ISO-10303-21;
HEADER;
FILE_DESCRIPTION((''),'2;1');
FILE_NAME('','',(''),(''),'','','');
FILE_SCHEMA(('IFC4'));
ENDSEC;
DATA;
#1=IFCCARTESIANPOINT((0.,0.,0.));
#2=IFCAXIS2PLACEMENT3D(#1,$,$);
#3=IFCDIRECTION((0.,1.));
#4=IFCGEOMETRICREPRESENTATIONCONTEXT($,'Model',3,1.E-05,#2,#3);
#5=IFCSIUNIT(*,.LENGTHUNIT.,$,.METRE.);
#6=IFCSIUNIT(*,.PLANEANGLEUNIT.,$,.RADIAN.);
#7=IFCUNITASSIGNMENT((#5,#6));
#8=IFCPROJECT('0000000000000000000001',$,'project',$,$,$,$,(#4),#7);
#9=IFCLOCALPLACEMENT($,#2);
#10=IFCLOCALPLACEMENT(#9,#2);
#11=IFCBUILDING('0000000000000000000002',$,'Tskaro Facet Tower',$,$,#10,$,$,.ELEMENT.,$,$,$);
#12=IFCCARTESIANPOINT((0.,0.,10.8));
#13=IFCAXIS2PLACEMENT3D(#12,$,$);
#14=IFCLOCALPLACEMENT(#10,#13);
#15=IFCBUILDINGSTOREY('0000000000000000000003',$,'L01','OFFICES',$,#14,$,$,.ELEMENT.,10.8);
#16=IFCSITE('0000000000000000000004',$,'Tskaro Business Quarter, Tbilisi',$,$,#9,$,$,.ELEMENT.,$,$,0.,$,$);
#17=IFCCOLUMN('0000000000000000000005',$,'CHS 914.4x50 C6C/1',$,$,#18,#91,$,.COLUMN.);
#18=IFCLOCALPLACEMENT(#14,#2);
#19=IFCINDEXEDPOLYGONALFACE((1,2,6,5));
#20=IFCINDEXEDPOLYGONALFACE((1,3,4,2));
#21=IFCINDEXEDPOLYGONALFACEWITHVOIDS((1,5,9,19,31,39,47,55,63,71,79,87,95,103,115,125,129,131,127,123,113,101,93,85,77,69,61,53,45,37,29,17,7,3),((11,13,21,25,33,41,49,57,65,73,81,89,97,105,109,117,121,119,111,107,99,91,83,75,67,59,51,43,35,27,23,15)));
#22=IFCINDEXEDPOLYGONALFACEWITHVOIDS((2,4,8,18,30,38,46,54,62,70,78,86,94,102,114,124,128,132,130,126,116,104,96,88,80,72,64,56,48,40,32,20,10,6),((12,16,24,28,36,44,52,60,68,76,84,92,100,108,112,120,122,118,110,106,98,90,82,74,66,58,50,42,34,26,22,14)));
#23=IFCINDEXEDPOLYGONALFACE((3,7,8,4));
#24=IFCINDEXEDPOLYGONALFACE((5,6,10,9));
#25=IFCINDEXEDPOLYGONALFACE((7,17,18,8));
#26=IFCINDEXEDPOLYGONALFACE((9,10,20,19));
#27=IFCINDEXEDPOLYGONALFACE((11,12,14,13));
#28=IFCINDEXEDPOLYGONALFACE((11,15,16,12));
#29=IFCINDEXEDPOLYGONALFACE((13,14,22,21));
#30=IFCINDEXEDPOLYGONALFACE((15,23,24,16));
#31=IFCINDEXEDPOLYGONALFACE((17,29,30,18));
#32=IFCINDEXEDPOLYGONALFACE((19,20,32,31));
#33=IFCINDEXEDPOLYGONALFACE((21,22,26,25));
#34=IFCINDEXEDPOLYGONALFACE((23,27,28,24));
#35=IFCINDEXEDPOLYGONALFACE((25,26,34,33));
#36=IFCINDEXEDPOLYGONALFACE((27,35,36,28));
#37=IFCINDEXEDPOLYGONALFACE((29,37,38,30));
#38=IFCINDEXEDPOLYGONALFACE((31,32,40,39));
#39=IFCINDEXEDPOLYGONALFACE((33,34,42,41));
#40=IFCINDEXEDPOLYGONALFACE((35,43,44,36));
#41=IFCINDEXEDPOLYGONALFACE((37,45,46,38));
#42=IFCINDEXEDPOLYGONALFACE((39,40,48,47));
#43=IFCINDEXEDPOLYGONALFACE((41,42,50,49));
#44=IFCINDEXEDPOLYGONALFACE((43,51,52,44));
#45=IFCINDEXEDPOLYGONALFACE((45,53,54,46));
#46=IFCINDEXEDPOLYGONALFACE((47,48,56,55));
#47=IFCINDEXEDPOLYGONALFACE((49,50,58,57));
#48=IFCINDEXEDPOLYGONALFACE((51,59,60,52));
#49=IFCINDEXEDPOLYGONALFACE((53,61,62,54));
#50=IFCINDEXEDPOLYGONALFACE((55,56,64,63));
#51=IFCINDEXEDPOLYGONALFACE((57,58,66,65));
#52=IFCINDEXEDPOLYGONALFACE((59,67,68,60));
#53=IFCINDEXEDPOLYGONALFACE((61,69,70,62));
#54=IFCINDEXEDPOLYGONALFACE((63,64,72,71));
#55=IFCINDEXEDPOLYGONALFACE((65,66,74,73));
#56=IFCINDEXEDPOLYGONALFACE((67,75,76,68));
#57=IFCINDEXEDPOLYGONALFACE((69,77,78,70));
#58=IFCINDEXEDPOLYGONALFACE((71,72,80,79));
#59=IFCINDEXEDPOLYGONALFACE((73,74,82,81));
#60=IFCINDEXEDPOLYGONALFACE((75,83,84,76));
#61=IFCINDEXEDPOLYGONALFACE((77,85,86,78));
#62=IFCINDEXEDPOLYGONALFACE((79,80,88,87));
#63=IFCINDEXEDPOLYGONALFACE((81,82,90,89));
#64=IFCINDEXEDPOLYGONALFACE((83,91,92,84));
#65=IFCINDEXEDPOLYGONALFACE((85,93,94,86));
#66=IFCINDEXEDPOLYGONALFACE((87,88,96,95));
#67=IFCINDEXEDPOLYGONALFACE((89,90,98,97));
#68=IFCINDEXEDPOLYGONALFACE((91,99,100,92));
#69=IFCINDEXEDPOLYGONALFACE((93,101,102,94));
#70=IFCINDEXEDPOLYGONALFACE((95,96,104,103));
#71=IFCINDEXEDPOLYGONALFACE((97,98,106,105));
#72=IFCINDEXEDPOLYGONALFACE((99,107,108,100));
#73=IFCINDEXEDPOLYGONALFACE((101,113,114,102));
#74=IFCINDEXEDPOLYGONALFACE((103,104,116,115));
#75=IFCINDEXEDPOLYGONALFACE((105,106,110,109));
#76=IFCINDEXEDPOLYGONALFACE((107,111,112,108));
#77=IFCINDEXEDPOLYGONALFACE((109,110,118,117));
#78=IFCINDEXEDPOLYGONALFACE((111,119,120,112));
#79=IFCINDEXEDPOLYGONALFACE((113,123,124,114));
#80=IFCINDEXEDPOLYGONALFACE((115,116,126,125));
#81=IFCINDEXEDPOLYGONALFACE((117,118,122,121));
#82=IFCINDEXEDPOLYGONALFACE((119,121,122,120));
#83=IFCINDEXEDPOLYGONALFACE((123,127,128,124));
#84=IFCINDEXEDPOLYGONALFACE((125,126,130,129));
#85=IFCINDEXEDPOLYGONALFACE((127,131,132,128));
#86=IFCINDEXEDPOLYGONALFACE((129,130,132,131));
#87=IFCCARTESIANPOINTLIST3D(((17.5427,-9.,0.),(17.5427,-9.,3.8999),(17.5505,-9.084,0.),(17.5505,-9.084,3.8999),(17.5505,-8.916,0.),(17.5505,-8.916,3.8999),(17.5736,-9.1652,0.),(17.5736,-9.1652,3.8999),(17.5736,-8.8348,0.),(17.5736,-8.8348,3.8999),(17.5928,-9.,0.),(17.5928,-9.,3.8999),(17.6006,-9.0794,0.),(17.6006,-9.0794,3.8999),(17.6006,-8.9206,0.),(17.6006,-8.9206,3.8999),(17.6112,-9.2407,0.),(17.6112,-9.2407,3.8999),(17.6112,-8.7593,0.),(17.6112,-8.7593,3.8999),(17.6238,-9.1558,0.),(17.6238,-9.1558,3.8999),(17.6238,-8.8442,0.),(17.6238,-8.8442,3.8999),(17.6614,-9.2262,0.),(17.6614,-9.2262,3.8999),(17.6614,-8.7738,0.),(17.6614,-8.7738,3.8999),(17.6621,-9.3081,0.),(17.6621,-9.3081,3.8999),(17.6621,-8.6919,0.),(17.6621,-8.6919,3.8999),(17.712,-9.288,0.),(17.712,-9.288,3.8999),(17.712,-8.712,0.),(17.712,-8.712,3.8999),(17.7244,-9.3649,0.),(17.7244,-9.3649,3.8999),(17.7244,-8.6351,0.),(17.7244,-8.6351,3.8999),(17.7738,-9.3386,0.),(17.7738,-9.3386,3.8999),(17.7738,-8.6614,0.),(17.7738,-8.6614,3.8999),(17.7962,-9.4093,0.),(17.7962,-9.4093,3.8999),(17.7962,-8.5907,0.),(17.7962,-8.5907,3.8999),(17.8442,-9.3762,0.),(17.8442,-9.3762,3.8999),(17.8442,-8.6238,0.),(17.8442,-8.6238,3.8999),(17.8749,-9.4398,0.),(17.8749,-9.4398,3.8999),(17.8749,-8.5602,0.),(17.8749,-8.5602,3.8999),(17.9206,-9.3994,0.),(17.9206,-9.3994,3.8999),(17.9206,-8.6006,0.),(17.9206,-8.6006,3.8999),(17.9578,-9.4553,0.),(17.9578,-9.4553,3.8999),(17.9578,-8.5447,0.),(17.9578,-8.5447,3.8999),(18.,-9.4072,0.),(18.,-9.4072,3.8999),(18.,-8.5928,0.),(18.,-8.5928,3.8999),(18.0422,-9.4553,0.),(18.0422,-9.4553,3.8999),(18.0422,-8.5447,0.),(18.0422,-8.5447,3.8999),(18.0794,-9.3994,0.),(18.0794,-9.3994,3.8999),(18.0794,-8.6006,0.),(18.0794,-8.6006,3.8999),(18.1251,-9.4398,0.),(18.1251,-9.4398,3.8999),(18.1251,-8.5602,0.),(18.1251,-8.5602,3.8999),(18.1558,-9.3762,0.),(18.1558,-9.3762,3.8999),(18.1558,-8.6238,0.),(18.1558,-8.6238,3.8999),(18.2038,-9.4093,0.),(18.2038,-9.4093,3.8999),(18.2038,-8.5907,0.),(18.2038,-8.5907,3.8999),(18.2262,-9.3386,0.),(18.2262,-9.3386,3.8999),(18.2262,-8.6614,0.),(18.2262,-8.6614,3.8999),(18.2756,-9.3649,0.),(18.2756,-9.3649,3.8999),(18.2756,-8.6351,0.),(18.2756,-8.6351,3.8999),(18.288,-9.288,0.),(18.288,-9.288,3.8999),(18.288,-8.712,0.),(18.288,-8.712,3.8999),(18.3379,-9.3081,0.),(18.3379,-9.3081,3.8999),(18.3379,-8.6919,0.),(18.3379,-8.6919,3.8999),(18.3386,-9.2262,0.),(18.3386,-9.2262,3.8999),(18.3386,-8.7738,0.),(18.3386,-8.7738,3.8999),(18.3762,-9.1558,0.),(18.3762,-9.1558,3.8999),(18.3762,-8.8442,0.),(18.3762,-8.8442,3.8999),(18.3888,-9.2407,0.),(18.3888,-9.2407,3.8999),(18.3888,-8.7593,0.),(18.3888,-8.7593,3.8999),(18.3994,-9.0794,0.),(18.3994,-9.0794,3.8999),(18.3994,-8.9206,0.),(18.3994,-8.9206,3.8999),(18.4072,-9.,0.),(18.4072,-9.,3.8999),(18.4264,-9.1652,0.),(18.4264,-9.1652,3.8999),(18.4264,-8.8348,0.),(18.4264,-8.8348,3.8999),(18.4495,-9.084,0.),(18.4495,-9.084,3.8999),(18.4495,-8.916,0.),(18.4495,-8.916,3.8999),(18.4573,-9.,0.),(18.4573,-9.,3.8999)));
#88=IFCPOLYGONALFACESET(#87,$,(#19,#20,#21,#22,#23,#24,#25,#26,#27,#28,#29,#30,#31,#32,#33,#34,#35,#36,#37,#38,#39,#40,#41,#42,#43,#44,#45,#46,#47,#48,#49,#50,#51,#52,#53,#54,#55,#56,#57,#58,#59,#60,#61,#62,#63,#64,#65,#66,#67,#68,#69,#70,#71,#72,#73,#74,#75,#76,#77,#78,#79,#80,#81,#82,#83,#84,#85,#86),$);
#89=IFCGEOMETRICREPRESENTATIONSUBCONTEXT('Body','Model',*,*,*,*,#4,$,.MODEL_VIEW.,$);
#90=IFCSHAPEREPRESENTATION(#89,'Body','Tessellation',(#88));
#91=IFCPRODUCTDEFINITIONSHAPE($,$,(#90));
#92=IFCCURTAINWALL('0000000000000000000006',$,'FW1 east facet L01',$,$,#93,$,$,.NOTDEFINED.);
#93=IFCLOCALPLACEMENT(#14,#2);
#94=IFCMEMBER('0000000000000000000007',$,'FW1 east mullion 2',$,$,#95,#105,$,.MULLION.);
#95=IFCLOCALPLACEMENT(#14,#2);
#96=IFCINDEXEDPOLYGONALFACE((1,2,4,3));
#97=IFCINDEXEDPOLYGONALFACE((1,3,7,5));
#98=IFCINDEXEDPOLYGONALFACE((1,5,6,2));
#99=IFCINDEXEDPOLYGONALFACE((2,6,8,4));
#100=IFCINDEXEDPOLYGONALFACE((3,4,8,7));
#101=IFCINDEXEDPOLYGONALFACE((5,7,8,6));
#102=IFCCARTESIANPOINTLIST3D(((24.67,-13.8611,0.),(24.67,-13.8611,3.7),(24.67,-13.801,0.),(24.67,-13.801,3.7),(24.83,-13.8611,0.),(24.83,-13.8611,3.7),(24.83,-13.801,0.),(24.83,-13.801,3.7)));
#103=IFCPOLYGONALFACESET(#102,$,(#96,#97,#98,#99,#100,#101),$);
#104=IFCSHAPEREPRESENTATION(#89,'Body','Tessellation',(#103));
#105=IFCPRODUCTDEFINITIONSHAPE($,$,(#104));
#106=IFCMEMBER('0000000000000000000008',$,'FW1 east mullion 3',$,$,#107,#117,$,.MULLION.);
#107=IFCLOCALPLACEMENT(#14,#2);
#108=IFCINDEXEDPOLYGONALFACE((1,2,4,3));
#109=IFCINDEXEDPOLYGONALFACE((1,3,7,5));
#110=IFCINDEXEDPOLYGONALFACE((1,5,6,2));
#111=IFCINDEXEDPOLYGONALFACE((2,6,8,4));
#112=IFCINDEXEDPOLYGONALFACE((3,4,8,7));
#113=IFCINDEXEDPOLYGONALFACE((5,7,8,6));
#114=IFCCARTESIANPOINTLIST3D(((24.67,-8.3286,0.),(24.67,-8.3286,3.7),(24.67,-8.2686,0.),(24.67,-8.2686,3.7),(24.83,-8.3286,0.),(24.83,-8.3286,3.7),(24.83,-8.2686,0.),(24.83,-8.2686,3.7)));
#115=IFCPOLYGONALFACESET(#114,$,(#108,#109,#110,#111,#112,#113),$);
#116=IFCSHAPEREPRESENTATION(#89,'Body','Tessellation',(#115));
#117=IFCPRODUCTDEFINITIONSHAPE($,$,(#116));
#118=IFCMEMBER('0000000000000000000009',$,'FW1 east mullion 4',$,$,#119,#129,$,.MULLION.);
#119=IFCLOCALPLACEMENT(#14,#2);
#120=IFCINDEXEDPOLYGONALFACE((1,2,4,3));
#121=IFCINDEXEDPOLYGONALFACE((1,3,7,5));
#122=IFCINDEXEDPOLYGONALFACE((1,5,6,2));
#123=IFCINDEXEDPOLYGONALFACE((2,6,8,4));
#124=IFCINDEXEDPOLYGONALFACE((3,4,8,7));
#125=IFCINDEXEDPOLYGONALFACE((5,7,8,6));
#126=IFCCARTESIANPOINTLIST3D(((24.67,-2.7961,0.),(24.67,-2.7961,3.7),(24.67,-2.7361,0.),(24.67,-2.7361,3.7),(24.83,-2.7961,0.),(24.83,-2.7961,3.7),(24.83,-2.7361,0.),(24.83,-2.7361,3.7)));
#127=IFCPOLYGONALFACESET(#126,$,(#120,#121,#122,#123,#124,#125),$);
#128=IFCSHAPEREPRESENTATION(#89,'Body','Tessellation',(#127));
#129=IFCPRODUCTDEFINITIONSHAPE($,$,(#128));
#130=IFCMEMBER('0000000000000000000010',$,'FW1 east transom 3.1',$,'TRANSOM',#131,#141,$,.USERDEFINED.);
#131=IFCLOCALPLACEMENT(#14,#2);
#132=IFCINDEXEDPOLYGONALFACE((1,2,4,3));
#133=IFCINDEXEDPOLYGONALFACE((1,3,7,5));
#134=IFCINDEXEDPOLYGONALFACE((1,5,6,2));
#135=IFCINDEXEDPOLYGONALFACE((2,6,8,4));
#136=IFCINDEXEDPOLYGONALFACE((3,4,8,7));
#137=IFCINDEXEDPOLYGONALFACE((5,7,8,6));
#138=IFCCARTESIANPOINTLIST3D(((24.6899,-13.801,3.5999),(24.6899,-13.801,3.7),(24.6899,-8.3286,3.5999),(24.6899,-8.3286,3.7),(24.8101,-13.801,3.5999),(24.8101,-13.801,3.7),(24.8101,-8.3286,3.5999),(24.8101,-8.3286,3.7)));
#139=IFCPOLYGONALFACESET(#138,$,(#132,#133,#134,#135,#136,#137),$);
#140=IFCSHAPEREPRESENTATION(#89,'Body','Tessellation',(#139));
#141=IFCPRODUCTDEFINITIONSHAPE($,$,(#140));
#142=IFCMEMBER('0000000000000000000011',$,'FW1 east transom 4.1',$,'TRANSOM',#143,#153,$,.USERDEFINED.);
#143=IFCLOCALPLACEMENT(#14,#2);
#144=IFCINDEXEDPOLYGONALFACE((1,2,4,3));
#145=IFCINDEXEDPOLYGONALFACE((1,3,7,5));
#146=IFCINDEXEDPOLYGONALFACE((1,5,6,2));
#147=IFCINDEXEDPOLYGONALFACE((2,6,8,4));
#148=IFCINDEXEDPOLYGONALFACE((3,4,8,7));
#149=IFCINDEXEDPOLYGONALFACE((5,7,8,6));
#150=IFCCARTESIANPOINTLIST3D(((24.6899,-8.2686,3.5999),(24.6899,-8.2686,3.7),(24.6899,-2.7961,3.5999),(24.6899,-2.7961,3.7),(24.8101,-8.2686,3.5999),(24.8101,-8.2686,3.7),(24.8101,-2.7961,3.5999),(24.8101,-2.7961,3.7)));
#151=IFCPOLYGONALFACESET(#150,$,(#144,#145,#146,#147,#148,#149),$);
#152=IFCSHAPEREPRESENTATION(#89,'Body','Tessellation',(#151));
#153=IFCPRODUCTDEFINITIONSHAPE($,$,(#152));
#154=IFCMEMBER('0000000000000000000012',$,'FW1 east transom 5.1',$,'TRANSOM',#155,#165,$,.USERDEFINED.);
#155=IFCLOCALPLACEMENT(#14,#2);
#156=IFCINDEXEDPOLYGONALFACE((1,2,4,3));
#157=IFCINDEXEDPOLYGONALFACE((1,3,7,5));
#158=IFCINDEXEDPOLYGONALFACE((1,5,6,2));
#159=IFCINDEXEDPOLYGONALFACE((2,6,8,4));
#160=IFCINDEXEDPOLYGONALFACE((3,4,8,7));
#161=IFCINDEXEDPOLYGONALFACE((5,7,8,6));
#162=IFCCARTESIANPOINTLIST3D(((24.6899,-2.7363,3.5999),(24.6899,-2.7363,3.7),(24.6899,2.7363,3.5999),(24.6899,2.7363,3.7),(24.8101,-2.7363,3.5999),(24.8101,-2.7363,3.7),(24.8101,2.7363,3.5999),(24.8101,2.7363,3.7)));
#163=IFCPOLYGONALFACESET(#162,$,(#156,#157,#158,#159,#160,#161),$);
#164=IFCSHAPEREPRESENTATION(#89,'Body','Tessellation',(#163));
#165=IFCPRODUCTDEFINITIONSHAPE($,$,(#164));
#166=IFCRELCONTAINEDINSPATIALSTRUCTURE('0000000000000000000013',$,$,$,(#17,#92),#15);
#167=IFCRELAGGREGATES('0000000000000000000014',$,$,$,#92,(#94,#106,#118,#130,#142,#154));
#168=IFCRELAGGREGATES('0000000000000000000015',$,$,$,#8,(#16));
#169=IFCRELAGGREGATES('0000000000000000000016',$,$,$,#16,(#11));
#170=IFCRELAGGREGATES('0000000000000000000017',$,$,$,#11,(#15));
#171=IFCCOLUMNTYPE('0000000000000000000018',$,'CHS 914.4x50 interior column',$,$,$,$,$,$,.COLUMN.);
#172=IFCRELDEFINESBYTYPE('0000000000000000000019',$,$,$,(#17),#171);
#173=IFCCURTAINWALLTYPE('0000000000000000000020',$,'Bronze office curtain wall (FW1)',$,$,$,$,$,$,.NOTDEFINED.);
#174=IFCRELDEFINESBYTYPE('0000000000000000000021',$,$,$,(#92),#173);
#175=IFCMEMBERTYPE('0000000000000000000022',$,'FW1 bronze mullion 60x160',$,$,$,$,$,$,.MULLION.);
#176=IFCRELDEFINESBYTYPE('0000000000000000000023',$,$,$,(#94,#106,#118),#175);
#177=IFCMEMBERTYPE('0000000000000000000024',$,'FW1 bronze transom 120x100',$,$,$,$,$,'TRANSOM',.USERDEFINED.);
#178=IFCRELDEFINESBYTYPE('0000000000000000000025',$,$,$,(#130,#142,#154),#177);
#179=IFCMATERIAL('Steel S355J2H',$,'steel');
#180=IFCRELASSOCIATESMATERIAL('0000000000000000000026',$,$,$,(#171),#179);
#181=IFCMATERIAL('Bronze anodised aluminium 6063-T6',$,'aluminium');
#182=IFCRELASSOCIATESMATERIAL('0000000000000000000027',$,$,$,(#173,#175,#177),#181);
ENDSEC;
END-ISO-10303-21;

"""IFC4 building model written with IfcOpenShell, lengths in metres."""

from ifc_helpers import new_model, si_unit, direction, frame, origin, origin_2d, place, context, subcontext, project, spatial, rectangle, hollow_circle, extrude, material, material_profile, profile_set, type_object, element, aggregate, save


model = new_model("IFC4")

# Units and contexts
model_context = context("Model", 3, precision=1e-05, world=origin(), true_north=direction((0.0, 1.0)))
body_context = subcontext(model_context, "Body", "Model", "MODEL_VIEW")
ifc_project = project(units=[si_unit("LENGTHUNIT", "METRE"), si_unit("PLANEANGLEUNIT", "RADIAN")], contexts=[model_context])

# Site, building, storey
site_placement = place(None, origin())
site = spatial("IfcSite", under=ifc_project, at=site_placement, Name="Tskaro Business Quarter, Tbilisi", CompositionType="ELEMENT", RefElevation=0.0)
building_placement = place(site_placement, origin())
building = spatial("IfcBuilding", under=site, at=building_placement, Name="Tskaro Facet Tower", CompositionType="ELEMENT")
storey_placement = place(building_placement, frame((0.0, 0.0, 10.8)))
storey = spatial("IfcBuildingStorey", under=building, at=storey_placement, Name="L01", Description="OFFICES", CompositionType="ELEMENT", Elevation=10.8)

# Column
ifc_material_1 = material(Name="Steel S355J2H", Category="steel")
ifc_material_profile_1 = material_profile(ifc_material_1, hollow_circle(Radius=0.4573, WallThickness=0.05, at=origin_2d()), Name="CHS 914.4x50")
ifc_profile_set_1 = profile_set([ifc_material_profile_1], Name="Steel S355J2H")
column_type_1 = type_object("IfcColumnType", Name="CHS 914.4x50 interior column", PredefinedType="COLUMN", material=ifc_profile_set_1)
column_placement = place(storey_placement, frame((18.0, -9.0, 0.0), z_axis=(0.0, 0.0, 1.0), x_axis=(1.0, 0.0, 0.0)))
element("IfcColumn", 1, at=column_placement, inside=storey, type_object=column_type_1, Name="CHS 914.4x50 C6C/1", PredefinedType="COLUMN", context=body_context, shape_type="SweptSolid", body=[
    extrude(hollow_circle(Radius=0.4573, WallThickness=0.05, at=origin_2d()), origin(), (0.0, 0.0, 1.0), 3.8999),
])

# Curtain wall, members
ifc_material_2 = material(Name="Bronze anodised aluminium 6063-T6", Category="aluminium")
curtain_wall_type = type_object("IfcCurtainWallType", Name="Bronze office curtain wall (FW1)", PredefinedType="NOTDEFINED", material=ifc_material_2)
curtain_wall_placement = place(storey_placement, origin())
curtain_wall = element("IfcCurtainWall", 2, at=curtain_wall_placement, inside=storey, type_object=curtain_wall_type, Name="FW1 east facet L01", PredefinedType="NOTDEFINED")
ifc_material_profile_2 = material_profile(ifc_material_2, rectangle(XDim=0.0601, YDim=0.1599, at=origin_2d()), Name="Mullion 60x160")
ifc_profile_set_2 = profile_set([ifc_material_profile_2], Name="Bronze anodised aluminium 6063-T6")
member_type_1 = type_object("IfcMemberType", Name="FW1 bronze mullion 60x160", PredefinedType="MULLION", material=ifc_profile_set_2)
member_1_placement = place(storey_placement, frame((24.75, -13.8311, 0.0), z_axis=(0.0, 0.0, 1.0), x_axis=(0.0, 1.0, 0.0)))
member_1 = element("IfcMember", 3, at=member_1_placement, type_object=member_type_1, Name="FW1 east mullion 2", PredefinedType="MULLION", context=body_context, shape_type="SweptSolid", body=[
    extrude(rectangle(XDim=0.0601, YDim=0.1599, at=origin_2d()), origin(), (0.0, 0.0, 1.0), 3.7),
])
member_2_placement = place(storey_placement, frame((24.75, -8.2986, 0.0), z_axis=(0.0, 0.0, 1.0), x_axis=(0.0, 1.0, 0.0)))
member_2 = element("IfcMember", 4, at=member_2_placement, type_object=member_type_1, Name="FW1 east mullion 3", PredefinedType="MULLION", context=body_context, shape_type="SweptSolid", body=[
    extrude(rectangle(XDim=0.0601, YDim=0.1599, at=origin_2d()), origin(), (0.0, 0.0, 1.0), 3.7),
])
member_3_placement = place(storey_placement, frame((24.75, -2.7661, 0.0), z_axis=(0.0, 0.0, 1.0), x_axis=(0.0, 1.0, 0.0)))
member_3 = element("IfcMember", 5, at=member_3_placement, type_object=member_type_1, Name="FW1 east mullion 4", PredefinedType="MULLION", context=body_context, shape_type="SweptSolid", body=[
    extrude(rectangle(XDim=0.0601, YDim=0.1599, at=origin_2d()), origin(), (0.0, 0.0, 1.0), 3.7),
])
ifc_material_profile_3 = material_profile(ifc_material_2, rectangle(XDim=0.1201, YDim=0.1001, at=origin_2d()), Name="Transom 120x100")
ifc_profile_set_3 = profile_set([ifc_material_profile_3], Name="Bronze anodised aluminium 6063-T6")
member_type_2 = type_object("IfcMemberType", Name="FW1 bronze transom 120x100", ElementType="TRANSOM", PredefinedType="USERDEFINED", material=ifc_profile_set_3)
member_4_placement = place(storey_placement, frame((24.75, -13.801, 3.6499), z_axis=(0.0, 1.0, 0.0), x_axis=(-1.0, 0.0, 0.0)))
member_4 = element("IfcMember", 6, at=member_4_placement, type_object=member_type_2, Name="FW1 east transom 3.1", ObjectType="TRANSOM", PredefinedType="USERDEFINED", context=body_context, shape_type="SweptSolid", body=[
    extrude(rectangle(XDim=0.1201, YDim=0.1001, at=origin_2d()), origin(), (0.0, 0.0, 1.0), 5.4724),
])
member_5_placement = place(storey_placement, frame((24.75, -8.2686, 3.6499), z_axis=(0.0, 1.0, 0.0), x_axis=(-1.0, 0.0, 0.0)))
member_5 = element("IfcMember", 7, at=member_5_placement, type_object=member_type_2, Name="FW1 east transom 4.1", ObjectType="TRANSOM", PredefinedType="USERDEFINED", context=body_context, shape_type="SweptSolid", body=[
    extrude(rectangle(XDim=0.1201, YDim=0.1001, at=origin_2d()), origin(), (0.0, 0.0, 1.0), 5.4724),
])
member_6_placement = place(storey_placement, frame((24.75, -2.7363, 3.6499), z_axis=(0.0, 1.0, 0.0), x_axis=(-1.0, 0.0, 0.0)))
member_6 = element("IfcMember", 8, at=member_6_placement, type_object=member_type_2, Name="FW1 east transom 5.1", ObjectType="TRANSOM", PredefinedType="USERDEFINED", context=body_context, shape_type="SweptSolid", body=[
    extrude(rectangle(XDim=0.1201, YDim=0.1001, at=origin_2d()), origin(), (0.0, 0.0, 1.0), 5.4727),
])

aggregate(curtain_wall, [member_1, member_2, member_3, member_4, member_5, member_6])

save(model, "model.ifc")
